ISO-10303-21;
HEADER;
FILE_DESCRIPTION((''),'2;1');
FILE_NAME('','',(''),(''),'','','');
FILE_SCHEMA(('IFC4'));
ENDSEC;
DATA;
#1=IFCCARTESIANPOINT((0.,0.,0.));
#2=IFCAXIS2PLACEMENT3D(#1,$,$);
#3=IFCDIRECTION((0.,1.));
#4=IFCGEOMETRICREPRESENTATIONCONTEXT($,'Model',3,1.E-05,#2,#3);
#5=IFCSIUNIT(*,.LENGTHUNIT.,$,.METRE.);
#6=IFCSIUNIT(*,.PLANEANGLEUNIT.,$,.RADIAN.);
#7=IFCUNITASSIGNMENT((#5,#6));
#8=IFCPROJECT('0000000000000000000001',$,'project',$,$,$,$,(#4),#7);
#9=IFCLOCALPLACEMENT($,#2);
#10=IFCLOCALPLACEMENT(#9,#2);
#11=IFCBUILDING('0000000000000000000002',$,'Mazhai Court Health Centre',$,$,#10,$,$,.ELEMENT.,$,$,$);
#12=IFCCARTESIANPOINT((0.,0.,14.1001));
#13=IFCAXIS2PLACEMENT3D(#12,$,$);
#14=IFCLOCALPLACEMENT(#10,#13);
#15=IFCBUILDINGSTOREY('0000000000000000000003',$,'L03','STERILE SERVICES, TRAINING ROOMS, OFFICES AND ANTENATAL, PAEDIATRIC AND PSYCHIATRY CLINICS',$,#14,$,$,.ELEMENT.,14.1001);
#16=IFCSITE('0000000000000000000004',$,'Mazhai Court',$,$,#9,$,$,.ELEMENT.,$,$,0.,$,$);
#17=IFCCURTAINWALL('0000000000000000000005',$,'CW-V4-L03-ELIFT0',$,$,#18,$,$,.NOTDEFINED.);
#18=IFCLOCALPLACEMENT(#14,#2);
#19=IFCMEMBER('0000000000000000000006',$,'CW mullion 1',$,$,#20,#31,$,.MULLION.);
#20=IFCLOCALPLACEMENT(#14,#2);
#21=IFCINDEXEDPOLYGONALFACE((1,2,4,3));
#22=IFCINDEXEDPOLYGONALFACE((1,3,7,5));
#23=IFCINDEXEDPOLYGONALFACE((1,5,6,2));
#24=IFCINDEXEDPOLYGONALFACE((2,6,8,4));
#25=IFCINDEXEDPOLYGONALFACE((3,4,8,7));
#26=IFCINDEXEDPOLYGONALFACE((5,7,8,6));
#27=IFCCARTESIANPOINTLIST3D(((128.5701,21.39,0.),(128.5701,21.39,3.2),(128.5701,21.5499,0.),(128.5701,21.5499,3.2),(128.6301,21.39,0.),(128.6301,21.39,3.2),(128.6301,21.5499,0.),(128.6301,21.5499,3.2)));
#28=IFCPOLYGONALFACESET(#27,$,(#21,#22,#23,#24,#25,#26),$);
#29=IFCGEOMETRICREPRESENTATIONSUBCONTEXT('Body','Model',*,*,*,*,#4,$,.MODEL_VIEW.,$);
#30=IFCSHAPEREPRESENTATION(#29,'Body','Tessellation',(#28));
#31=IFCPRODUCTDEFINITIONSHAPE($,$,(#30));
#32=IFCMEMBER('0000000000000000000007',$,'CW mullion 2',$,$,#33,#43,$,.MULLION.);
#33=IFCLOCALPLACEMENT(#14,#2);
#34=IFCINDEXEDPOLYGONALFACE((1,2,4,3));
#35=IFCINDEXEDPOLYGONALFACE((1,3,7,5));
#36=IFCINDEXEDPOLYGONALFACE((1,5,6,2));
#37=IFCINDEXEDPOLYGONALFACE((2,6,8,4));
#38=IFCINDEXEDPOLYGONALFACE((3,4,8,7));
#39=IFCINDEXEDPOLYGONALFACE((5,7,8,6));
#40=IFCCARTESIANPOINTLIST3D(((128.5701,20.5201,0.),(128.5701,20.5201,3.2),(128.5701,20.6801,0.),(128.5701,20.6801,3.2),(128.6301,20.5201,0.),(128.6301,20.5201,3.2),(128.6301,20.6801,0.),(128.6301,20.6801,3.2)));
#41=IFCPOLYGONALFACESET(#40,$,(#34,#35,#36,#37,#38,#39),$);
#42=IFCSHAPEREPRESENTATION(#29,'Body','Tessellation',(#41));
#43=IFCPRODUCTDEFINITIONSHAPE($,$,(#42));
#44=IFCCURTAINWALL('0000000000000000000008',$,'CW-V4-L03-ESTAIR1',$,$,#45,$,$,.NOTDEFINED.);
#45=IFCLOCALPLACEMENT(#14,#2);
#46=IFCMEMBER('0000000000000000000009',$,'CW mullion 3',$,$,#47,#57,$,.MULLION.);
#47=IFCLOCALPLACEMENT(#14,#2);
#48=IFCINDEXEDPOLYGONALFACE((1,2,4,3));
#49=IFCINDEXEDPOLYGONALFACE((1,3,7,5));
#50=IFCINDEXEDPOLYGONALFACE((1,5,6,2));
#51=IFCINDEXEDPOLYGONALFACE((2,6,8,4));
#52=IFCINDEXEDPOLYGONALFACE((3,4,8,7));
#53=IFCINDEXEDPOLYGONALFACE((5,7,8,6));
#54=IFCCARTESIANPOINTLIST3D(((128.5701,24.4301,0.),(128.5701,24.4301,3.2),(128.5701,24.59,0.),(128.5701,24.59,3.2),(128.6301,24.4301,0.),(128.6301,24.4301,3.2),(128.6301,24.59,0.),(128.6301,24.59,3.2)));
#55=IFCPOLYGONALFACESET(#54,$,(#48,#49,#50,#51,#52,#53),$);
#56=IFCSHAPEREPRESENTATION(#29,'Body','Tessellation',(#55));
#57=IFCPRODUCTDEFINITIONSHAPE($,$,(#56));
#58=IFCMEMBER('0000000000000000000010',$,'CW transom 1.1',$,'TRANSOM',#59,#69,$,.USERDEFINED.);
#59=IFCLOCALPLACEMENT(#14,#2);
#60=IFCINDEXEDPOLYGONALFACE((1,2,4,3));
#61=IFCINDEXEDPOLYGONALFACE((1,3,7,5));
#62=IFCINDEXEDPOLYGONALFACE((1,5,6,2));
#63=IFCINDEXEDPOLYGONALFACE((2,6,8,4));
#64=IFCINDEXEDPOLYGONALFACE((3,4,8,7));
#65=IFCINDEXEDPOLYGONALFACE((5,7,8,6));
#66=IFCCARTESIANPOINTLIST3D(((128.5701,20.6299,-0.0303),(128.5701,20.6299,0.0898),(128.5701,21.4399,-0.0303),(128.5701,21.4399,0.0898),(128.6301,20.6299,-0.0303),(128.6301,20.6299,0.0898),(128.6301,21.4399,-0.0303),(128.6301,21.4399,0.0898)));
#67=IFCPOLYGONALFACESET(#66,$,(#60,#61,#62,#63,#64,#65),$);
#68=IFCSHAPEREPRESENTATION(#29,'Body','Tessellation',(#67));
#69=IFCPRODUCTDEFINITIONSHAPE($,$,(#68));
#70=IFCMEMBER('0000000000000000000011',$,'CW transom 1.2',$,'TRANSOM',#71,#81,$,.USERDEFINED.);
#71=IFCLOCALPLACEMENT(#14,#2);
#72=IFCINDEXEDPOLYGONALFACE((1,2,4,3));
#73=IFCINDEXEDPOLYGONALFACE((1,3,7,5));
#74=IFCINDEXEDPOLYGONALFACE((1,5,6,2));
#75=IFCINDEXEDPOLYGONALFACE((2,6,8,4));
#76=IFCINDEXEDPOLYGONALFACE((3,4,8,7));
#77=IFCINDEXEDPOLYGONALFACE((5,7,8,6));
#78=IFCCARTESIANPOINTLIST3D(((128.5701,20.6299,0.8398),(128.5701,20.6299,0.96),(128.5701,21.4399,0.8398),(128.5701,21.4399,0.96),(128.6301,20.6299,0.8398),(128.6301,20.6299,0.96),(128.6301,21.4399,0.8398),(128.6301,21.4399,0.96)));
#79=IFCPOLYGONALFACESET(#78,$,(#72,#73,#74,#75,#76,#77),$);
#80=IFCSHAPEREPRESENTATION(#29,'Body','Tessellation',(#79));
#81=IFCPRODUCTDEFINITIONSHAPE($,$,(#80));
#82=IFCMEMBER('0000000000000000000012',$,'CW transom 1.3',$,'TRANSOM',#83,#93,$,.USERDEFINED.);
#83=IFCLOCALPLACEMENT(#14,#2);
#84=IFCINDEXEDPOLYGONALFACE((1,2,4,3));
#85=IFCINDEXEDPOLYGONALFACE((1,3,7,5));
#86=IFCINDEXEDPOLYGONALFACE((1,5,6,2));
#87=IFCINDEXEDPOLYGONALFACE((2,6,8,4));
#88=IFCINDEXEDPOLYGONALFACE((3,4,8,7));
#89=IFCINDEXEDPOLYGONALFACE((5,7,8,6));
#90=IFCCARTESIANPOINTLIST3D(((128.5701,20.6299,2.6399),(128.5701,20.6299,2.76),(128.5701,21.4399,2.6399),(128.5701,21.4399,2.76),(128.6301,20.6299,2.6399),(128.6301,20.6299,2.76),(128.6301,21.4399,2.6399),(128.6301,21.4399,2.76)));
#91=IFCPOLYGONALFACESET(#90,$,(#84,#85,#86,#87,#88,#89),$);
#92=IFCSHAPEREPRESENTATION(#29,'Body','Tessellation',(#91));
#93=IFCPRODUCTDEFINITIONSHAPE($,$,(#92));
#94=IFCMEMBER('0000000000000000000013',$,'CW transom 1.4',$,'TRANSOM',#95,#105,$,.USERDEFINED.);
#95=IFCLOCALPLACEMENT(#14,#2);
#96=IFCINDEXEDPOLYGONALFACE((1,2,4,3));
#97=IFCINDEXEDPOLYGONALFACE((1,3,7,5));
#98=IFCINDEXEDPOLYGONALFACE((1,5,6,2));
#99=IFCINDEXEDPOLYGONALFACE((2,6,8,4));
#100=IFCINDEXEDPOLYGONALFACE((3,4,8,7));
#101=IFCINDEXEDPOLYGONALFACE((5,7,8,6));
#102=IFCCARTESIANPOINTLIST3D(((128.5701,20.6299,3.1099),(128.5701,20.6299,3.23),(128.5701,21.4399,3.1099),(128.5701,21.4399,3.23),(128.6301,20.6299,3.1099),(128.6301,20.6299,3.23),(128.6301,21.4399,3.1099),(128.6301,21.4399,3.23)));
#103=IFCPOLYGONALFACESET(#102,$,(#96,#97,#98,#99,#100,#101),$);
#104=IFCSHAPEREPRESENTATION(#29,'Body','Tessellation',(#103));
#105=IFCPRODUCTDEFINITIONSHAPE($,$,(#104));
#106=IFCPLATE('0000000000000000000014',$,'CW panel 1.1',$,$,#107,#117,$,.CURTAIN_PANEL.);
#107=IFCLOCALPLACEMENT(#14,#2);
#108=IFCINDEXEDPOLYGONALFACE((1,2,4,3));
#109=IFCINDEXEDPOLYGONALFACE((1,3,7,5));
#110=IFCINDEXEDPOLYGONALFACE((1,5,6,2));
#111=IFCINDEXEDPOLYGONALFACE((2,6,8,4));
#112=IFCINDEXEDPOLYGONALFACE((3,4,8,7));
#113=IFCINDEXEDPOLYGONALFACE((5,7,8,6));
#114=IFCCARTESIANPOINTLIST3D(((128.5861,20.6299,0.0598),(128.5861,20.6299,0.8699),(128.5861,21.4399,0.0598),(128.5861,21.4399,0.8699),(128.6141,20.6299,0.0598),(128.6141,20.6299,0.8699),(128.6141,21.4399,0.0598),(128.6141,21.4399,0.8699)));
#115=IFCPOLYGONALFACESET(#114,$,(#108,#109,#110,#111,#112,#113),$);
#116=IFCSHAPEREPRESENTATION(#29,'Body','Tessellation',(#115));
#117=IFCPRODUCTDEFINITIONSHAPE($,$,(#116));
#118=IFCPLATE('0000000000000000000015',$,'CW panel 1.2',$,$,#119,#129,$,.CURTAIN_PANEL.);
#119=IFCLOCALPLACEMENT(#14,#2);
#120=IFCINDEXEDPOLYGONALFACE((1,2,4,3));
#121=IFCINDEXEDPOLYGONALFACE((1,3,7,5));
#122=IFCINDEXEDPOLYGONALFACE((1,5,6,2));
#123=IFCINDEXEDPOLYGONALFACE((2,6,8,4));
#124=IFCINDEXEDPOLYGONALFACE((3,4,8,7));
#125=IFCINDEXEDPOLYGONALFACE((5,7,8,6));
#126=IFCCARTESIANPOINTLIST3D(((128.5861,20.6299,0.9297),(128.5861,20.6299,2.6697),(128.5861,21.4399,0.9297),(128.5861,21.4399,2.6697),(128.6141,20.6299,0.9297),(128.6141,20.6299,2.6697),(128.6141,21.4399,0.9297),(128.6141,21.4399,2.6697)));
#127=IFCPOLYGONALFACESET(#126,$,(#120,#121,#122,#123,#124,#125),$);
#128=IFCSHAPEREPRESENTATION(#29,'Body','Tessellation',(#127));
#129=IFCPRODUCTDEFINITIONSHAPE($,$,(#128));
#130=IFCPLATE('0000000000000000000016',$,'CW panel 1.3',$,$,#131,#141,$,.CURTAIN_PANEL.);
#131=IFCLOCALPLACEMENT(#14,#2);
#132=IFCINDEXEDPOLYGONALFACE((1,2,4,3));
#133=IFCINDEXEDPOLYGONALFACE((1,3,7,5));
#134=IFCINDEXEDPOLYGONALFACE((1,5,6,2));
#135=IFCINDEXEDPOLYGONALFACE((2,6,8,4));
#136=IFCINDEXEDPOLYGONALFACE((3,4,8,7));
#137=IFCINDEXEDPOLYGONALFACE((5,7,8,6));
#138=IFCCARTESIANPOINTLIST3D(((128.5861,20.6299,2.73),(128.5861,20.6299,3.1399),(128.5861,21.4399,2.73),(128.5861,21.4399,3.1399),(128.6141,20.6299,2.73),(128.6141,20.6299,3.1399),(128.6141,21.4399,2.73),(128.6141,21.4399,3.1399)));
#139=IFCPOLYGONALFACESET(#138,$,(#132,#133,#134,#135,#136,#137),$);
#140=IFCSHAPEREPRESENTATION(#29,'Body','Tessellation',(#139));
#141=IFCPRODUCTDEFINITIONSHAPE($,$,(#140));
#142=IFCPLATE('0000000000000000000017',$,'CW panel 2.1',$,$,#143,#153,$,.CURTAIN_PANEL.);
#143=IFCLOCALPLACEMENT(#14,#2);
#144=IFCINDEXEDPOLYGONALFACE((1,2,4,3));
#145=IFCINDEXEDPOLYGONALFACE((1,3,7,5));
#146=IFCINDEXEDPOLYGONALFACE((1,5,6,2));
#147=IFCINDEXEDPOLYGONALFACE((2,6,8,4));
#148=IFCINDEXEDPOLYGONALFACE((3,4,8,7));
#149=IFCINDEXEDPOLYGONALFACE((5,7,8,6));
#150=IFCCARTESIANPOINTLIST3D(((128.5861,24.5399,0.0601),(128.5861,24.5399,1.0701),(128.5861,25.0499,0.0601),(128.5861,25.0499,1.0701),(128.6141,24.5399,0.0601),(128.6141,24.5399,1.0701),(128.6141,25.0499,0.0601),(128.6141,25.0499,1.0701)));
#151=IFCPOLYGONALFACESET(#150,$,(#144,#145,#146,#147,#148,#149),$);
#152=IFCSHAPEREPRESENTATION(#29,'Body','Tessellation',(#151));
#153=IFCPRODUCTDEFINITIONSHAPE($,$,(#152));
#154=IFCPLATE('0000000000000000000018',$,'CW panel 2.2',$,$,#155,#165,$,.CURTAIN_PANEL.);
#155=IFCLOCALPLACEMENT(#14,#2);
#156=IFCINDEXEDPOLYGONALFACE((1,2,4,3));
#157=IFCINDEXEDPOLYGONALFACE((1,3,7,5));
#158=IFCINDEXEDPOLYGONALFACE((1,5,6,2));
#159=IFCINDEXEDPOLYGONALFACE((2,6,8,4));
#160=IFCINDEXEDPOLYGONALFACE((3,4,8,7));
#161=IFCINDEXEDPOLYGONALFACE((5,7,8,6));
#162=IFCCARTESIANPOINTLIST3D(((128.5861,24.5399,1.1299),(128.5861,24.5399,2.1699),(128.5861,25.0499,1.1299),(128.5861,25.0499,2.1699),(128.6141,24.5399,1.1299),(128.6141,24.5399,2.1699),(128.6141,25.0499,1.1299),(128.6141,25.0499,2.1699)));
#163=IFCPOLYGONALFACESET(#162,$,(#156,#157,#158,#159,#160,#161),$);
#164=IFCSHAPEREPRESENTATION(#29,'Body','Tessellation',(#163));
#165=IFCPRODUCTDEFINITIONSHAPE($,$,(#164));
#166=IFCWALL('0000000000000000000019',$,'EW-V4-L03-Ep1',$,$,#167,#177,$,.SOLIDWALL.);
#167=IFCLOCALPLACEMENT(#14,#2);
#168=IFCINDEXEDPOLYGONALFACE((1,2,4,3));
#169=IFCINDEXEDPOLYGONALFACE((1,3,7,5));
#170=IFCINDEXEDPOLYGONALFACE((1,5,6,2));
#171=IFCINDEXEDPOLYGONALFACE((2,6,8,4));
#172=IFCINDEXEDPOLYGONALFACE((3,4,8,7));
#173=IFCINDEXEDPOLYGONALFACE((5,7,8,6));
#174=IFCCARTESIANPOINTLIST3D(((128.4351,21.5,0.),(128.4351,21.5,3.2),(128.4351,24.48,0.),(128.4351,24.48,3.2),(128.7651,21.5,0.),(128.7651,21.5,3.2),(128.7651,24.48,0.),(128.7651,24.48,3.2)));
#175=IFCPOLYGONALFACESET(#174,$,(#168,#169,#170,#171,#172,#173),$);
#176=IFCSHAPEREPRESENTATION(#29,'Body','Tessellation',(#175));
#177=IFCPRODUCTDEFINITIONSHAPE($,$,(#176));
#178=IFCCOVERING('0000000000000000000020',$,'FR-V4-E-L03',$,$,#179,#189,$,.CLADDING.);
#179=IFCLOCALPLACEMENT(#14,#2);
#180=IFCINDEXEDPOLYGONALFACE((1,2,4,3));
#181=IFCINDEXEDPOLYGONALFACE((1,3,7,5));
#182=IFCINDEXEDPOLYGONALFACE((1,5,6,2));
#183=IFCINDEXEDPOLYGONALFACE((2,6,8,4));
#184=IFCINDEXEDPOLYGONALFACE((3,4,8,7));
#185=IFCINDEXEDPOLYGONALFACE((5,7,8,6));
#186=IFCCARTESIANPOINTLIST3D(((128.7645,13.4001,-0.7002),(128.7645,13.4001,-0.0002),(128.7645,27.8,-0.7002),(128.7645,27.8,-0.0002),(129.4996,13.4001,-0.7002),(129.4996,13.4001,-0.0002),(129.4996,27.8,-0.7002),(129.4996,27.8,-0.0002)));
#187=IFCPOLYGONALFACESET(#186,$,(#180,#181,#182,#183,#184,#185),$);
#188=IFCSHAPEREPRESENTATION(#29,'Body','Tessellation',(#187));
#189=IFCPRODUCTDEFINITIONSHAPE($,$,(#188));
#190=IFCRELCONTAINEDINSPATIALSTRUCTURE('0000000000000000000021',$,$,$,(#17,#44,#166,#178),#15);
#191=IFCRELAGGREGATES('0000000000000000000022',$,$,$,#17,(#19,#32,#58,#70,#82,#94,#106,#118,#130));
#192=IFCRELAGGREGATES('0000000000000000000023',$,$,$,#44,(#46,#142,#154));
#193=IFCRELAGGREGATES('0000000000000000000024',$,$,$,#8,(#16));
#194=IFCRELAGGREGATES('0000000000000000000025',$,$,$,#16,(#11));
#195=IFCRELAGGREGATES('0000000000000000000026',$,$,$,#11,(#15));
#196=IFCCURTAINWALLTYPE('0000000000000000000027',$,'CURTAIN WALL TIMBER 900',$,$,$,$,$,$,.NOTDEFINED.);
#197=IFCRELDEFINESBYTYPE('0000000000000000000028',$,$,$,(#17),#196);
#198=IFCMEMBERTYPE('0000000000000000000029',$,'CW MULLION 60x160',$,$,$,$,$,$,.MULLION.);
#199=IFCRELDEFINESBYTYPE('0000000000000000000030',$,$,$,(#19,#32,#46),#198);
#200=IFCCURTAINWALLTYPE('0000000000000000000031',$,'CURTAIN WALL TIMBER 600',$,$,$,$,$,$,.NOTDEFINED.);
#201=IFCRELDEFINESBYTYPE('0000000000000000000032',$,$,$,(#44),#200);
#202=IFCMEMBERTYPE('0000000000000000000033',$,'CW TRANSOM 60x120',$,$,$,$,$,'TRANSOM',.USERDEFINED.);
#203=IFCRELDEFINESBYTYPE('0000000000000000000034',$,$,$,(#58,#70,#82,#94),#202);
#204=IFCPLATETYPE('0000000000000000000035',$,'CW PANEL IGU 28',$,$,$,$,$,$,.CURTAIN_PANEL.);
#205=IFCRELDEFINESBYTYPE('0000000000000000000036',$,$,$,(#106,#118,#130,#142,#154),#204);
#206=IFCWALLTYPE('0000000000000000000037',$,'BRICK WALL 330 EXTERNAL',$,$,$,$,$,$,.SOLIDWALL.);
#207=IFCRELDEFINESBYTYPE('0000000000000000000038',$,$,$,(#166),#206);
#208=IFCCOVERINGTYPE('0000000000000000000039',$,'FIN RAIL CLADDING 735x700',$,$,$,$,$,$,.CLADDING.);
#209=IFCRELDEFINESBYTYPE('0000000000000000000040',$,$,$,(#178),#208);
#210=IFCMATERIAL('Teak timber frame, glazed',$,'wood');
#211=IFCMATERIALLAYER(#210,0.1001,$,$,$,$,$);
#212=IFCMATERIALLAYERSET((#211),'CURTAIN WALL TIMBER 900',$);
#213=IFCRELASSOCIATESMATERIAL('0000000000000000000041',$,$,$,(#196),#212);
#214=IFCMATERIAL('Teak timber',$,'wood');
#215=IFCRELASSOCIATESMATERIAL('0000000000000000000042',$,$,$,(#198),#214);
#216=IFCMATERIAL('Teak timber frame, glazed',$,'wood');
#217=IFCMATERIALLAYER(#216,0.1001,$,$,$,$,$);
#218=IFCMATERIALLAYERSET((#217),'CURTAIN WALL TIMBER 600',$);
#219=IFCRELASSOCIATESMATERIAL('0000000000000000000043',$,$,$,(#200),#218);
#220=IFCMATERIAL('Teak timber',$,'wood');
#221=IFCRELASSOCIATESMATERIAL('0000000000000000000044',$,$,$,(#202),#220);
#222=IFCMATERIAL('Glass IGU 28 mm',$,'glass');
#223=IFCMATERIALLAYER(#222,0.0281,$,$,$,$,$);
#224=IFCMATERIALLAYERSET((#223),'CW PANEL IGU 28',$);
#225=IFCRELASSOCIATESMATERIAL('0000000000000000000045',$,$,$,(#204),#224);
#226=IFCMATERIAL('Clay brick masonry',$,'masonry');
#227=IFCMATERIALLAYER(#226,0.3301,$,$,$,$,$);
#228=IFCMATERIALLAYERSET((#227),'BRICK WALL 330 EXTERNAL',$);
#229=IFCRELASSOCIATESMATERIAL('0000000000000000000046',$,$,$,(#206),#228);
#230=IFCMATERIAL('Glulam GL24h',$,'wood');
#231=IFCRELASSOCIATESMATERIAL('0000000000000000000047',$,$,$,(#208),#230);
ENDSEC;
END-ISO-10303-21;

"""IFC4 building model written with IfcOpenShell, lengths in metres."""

from ifc_helpers import new_model, si_unit, direction, frame, frame_2d, origin, origin_2d, place, context, subcontext, project, spatial, rectangle, extrude, material, layer, layer_set, material_profile, profile_set, type_object, element, aggregate, save


model = new_model("IFC4")

# Units and contexts
model_context = context("Model", 3, precision=1e-05, world=origin(), true_north=direction((0.0, 1.0)))
body_context = subcontext(model_context, "Body", "Model", "MODEL_VIEW")
ifc_project = project(units=[si_unit("LENGTHUNIT", "METRE"), si_unit("PLANEANGLEUNIT", "RADIAN")], contexts=[model_context])

# Site, building, storey
site_placement = place(None, origin())
site = spatial("IfcSite", under=ifc_project, at=site_placement, Name="Mazhai Court", CompositionType="ELEMENT", RefElevation=0.0)
building_placement = place(site_placement, origin())
building = spatial("IfcBuilding", under=site, at=building_placement, Name="Mazhai Court Health Centre", CompositionType="ELEMENT")
storey_placement = place(building_placement, frame((0.0, 0.0, 14.1001)))
storey = spatial("IfcBuildingStorey", under=building, at=storey_placement, Name="L03", Description="STERILE SERVICES, TRAINING ROOMS, OFFICES AND ANTENATAL, PAEDIATRIC AND PSYCHIATRY CLINICS", CompositionType="ELEMENT", Elevation=14.1001)

# Curtain wall, members
ifc_material_1 = material(Name="Teak timber frame, glazed", Category="wood")
ifc_layer_1 = layer(ifc_material_1, 0.1001)
ifc_layer_set_1 = layer_set([ifc_layer_1], Name="CURTAIN WALL TIMBER 900")
curtain_wall_type_1 = type_object("IfcCurtainWallType", Name="CURTAIN WALL TIMBER 900", PredefinedType="NOTDEFINED", material=ifc_layer_set_1)
curtain_wall_1_placement = place(storey_placement, origin())
curtain_wall_1 = element("IfcCurtainWall", 1, at=curtain_wall_1_placement, inside=storey, type_object=curtain_wall_type_1, Name="CW-V4-L03-ELIFT0", PredefinedType="NOTDEFINED")
ifc_material_2 = material(Name="Teak timber", Category="wood")
ifc_material_profile_1 = material_profile(ifc_material_2, rectangle(XDim=0.0601, YDim=0.1599, at=origin_2d()), Name="CW MULLION 60x160")
ifc_profile_set_1 = profile_set([ifc_material_profile_1], Name="Teak timber")
member_type_1 = type_object("IfcMemberType", Name="CW MULLION 60x160", PredefinedType="MULLION", material=ifc_profile_set_1)
member_1_placement = place(storey_placement, frame((128.6001, 21.47, 0.0), z_axis=(0.0, 0.0, 1.0), x_axis=(1.0, 0.0, 0.0)))
member_1 = element("IfcMember", 2, at=member_1_placement, type_object=member_type_1, Name="CW mullion 1", PredefinedType="MULLION", context=body_context, shape_type="SweptSolid", body=[
    extrude(rectangle(XDim=0.0601, YDim=0.1599, at=origin_2d()), origin(), (0.0, 0.0, 1.0), 3.2),
])
member_2_placement = place(storey_placement, frame((128.6001, 20.6001, 0.0), z_axis=(0.0, 0.0, 1.0), x_axis=(1.0, 0.0, 0.0)))
member_2 = element("IfcMember", 3, at=member_2_placement, type_object=member_type_1, Name="CW mullion 2", PredefinedType="MULLION", context=body_context, shape_type="SweptSolid", body=[
    extrude(rectangle(XDim=0.0601, YDim=0.1599, at=origin_2d()), origin(), (0.0, 0.0, 1.0), 3.2),
])

# Curtain wall, member
ifc_material_3 = material(Name="Teak timber frame, glazed", Category="wood")
ifc_layer_2 = layer(ifc_material_3, 0.1001)
ifc_layer_set_2 = layer_set([ifc_layer_2], Name="CURTAIN WALL TIMBER 600")
curtain_wall_type_2 = type_object("IfcCurtainWallType", Name="CURTAIN WALL TIMBER 600", PredefinedType="NOTDEFINED", material=ifc_layer_set_2)
curtain_wall_2_placement = place(storey_placement, origin())
curtain_wall_2 = element("IfcCurtainWall", 4, at=curtain_wall_2_placement, inside=storey, type_object=curtain_wall_type_2, Name="CW-V4-L03-ESTAIR1", PredefinedType="NOTDEFINED")
member_3_placement = place(storey_placement, frame((128.6001, 24.51, 0.0), z_axis=(0.0, 0.0, 1.0), x_axis=(1.0, 0.0, 0.0)))
member_3 = element("IfcMember", 5, at=member_3_placement, type_object=member_type_1, Name="CW mullion 3", PredefinedType="MULLION", context=body_context, shape_type="SweptSolid", body=[
    extrude(rectangle(XDim=0.0601, YDim=0.1599, at=origin_2d()), origin(), (0.0, 0.0, 1.0), 3.2),
])

# Members
ifc_material_4 = material(Name="Teak timber", Category="wood")
ifc_material_profile_2 = material_profile(ifc_material_4, rectangle(XDim=0.0601, YDim=0.1201, at=origin_2d()), Name="CW TRANSOM 60x120")
ifc_profile_set_2 = profile_set([ifc_material_profile_2], Name="Teak timber")
member_type_2 = type_object("IfcMemberType", Name="CW TRANSOM 60x120", ElementType="TRANSOM", PredefinedType="USERDEFINED", material=ifc_profile_set_2)
member_4_placement = place(storey_placement, frame((128.6001, 21.4399, 0.0298), z_axis=(0.0, -1.0, 0.0), x_axis=(1.0, 0.0, 0.0)))
member_4 = element("IfcMember", 6, at=member_4_placement, type_object=member_type_2, Name="CW transom 1.1", ObjectType="TRANSOM", PredefinedType="USERDEFINED", context=body_context, shape_type="SweptSolid", body=[
    extrude(rectangle(XDim=0.0601, YDim=0.1201, at=origin_2d()), origin(), (0.0, 0.0, 1.0), 0.8101),
])
member_5_placement = place(storey_placement, frame((128.6001, 21.4399, 0.8999), z_axis=(0.0, -1.0, 0.0), x_axis=(1.0, 0.0, 0.0)))
member_5 = element("IfcMember", 7, at=member_5_placement, type_object=member_type_2, Name="CW transom 1.2", ObjectType="TRANSOM", PredefinedType="USERDEFINED", context=body_context, shape_type="SweptSolid", body=[
    extrude(rectangle(XDim=0.0601, YDim=0.1201, at=origin_2d()), origin(), (0.0, 0.0, 1.0), 0.8101),
])
member_6_placement = place(storey_placement, frame((128.6001, 21.4399, 2.7), z_axis=(0.0, -1.0, 0.0), x_axis=(1.0, 0.0, 0.0)))
member_6 = element("IfcMember", 8, at=member_6_placement, type_object=member_type_2, Name="CW transom 1.3", ObjectType="TRANSOM", PredefinedType="USERDEFINED", context=body_context, shape_type="SweptSolid", body=[
    extrude(rectangle(XDim=0.0601, YDim=0.1201, at=origin_2d()), origin(), (0.0, 0.0, 1.0), 0.8101),
])
member_7_placement = place(storey_placement, frame((128.6001, 21.4399, 3.1699), z_axis=(0.0, -1.0, 0.0), x_axis=(1.0, 0.0, 0.0)))
member_7 = element("IfcMember", 9, at=member_7_placement, type_object=member_type_2, Name="CW transom 1.4", ObjectType="TRANSOM", PredefinedType="USERDEFINED", context=body_context, shape_type="SweptSolid", body=[
    extrude(rectangle(XDim=0.0601, YDim=0.1201, at=origin_2d()), origin(), (0.0, 0.0, 1.0), 0.8101),
])

# Plates
ifc_material_5 = material(Name="Glass IGU 28 mm", Category="glass")
ifc_layer_3 = layer(ifc_material_5, 0.0281)
ifc_layer_set_3 = layer_set([ifc_layer_3], Name="CW PANEL IGU 28")
plate_type = type_object("IfcPlateType", Name="CW PANEL IGU 28", PredefinedType="CURTAIN_PANEL", material=ifc_layer_set_3)
plate_1_placement = place(storey_placement, frame((128.6001, 21.0349, 0.0598), z_axis=(0.0, 0.0, 1.0), x_axis=(0.0, -1.0, 0.0)))
plate_1 = element("IfcPlate", 10, at=plate_1_placement, type_object=plate_type, Name="CW panel 1.1", PredefinedType="CURTAIN_PANEL", context=body_context, shape_type="SweptSolid", body=[
    extrude(rectangle(XDim=0.8101, YDim=0.0281, at=origin_2d()), origin(), (0.0, 0.0, 1.0), 0.8101),
])
plate_2_placement = place(storey_placement, frame((128.6001, 21.0349, 0.9297), z_axis=(0.0, 0.0, 1.0), x_axis=(0.0, -1.0, 0.0)))
plate_2 = element("IfcPlate", 11, at=plate_2_placement, type_object=plate_type, Name="CW panel 1.2", PredefinedType="CURTAIN_PANEL", context=body_context, shape_type="SweptSolid", body=[
    extrude(rectangle(XDim=0.8101, YDim=0.0281, at=origin_2d()), origin(), (0.0, 0.0, 1.0), 1.74),
])
plate_3_placement = place(storey_placement, frame((128.6001, 21.0349, 2.73), z_axis=(0.0, 0.0, 1.0), x_axis=(0.0, -1.0, 0.0)))
plate_3 = element("IfcPlate", 12, at=plate_3_placement, type_object=plate_type, Name="CW panel 1.3", PredefinedType="CURTAIN_PANEL", context=body_context, shape_type="SweptSolid", body=[
    extrude(rectangle(XDim=0.8101, YDim=0.0281, at=origin_2d()), origin(), (0.0, 0.0, 1.0), 0.4099),
])
aggregate(curtain_wall_1, [member_1, member_2, member_4, member_5, member_6, member_7, plate_1, plate_2, plate_3])
plate_4_placement = place(storey_placement, frame((128.6001, 24.7949, 0.0601), z_axis=(0.0, 0.0, 1.0), x_axis=(0.0, -1.0, 0.0)))
plate_4 = element("IfcPlate", 13, at=plate_4_placement, type_object=plate_type, Name="CW panel 2.1", PredefinedType="CURTAIN_PANEL", context=body_context, shape_type="SweptSolid", body=[
    extrude(rectangle(XDim=0.51, YDim=0.0281, at=origin_2d()), origin(), (0.0, 0.0, 1.0), 1.01),
])
plate_5_placement = place(storey_placement, frame((128.6001, 24.7949, 1.1299), z_axis=(0.0, 0.0, 1.0), x_axis=(0.0, -1.0, 0.0)))
plate_5 = element("IfcPlate", 14, at=plate_5_placement, type_object=plate_type, Name="CW panel 2.2", PredefinedType="CURTAIN_PANEL", context=body_context, shape_type="SweptSolid", body=[
    extrude(rectangle(XDim=0.51, YDim=0.0281, at=origin_2d()), origin(), (0.0, 0.0, 1.0), 1.04),
])
aggregate(curtain_wall_2, [member_3, plate_4, plate_5])

# Wall
ifc_material_6 = material(Name="Clay brick masonry", Category="masonry")
ifc_layer_4 = layer(ifc_material_6, 0.3301)
ifc_layer_set_4 = layer_set([ifc_layer_4], Name="BRICK WALL 330 EXTERNAL")
wall_type = type_object("IfcWallType", Name="BRICK WALL 330 EXTERNAL", PredefinedType="SOLIDWALL", material=ifc_layer_set_4)
wall_placement = place(storey_placement, frame((128.6001, 24.48, 0.0), z_axis=(0.0, 0.0, 1.0), x_axis=(0.0, -1.0, 0.0)))
element("IfcWall", 15, at=wall_placement, inside=storey, type_object=wall_type, Name="EW-V4-L03-Ep1", PredefinedType="SOLIDWALL", context=body_context, shape_type="SweptSolid", body=[
    extrude(rectangle(XDim=2.98, YDim=0.3301, at=frame_2d((1.49, 0.0))), origin(), (0.0, 0.0, 1.0), 3.2),
])

# Covering
ifc_material_7 = material(Name="Glulam GL24h", Category="wood")
covering_type_1 = type_object("IfcCoveringType", Name="FIN RAIL CLADDING 735x700", PredefinedType="CLADDING", material=ifc_material_7)
for number, where, z_axis, x_axis, name in (
    (16, (129.1321, 20.6001, -0.7002), (0.0, 0.0, 1.0), (1.0, 0.0, 0.0), "FR-V4-E-L03"),
):
    element("IfcCovering", number, at=place(storey_placement, frame(where, z_axis=z_axis, x_axis=x_axis)), inside=storey, type_object=covering_type_1, Name=name, PredefinedType="CLADDING", context=body_context, shape_type="SweptSolid", body=[
        extrude(rectangle(XDim=0.7351, YDim=14.3999, at=origin_2d()), origin(), (0.0, 0.0, 1.0), 0.7),
    ])

save(model, "model.ifc")
